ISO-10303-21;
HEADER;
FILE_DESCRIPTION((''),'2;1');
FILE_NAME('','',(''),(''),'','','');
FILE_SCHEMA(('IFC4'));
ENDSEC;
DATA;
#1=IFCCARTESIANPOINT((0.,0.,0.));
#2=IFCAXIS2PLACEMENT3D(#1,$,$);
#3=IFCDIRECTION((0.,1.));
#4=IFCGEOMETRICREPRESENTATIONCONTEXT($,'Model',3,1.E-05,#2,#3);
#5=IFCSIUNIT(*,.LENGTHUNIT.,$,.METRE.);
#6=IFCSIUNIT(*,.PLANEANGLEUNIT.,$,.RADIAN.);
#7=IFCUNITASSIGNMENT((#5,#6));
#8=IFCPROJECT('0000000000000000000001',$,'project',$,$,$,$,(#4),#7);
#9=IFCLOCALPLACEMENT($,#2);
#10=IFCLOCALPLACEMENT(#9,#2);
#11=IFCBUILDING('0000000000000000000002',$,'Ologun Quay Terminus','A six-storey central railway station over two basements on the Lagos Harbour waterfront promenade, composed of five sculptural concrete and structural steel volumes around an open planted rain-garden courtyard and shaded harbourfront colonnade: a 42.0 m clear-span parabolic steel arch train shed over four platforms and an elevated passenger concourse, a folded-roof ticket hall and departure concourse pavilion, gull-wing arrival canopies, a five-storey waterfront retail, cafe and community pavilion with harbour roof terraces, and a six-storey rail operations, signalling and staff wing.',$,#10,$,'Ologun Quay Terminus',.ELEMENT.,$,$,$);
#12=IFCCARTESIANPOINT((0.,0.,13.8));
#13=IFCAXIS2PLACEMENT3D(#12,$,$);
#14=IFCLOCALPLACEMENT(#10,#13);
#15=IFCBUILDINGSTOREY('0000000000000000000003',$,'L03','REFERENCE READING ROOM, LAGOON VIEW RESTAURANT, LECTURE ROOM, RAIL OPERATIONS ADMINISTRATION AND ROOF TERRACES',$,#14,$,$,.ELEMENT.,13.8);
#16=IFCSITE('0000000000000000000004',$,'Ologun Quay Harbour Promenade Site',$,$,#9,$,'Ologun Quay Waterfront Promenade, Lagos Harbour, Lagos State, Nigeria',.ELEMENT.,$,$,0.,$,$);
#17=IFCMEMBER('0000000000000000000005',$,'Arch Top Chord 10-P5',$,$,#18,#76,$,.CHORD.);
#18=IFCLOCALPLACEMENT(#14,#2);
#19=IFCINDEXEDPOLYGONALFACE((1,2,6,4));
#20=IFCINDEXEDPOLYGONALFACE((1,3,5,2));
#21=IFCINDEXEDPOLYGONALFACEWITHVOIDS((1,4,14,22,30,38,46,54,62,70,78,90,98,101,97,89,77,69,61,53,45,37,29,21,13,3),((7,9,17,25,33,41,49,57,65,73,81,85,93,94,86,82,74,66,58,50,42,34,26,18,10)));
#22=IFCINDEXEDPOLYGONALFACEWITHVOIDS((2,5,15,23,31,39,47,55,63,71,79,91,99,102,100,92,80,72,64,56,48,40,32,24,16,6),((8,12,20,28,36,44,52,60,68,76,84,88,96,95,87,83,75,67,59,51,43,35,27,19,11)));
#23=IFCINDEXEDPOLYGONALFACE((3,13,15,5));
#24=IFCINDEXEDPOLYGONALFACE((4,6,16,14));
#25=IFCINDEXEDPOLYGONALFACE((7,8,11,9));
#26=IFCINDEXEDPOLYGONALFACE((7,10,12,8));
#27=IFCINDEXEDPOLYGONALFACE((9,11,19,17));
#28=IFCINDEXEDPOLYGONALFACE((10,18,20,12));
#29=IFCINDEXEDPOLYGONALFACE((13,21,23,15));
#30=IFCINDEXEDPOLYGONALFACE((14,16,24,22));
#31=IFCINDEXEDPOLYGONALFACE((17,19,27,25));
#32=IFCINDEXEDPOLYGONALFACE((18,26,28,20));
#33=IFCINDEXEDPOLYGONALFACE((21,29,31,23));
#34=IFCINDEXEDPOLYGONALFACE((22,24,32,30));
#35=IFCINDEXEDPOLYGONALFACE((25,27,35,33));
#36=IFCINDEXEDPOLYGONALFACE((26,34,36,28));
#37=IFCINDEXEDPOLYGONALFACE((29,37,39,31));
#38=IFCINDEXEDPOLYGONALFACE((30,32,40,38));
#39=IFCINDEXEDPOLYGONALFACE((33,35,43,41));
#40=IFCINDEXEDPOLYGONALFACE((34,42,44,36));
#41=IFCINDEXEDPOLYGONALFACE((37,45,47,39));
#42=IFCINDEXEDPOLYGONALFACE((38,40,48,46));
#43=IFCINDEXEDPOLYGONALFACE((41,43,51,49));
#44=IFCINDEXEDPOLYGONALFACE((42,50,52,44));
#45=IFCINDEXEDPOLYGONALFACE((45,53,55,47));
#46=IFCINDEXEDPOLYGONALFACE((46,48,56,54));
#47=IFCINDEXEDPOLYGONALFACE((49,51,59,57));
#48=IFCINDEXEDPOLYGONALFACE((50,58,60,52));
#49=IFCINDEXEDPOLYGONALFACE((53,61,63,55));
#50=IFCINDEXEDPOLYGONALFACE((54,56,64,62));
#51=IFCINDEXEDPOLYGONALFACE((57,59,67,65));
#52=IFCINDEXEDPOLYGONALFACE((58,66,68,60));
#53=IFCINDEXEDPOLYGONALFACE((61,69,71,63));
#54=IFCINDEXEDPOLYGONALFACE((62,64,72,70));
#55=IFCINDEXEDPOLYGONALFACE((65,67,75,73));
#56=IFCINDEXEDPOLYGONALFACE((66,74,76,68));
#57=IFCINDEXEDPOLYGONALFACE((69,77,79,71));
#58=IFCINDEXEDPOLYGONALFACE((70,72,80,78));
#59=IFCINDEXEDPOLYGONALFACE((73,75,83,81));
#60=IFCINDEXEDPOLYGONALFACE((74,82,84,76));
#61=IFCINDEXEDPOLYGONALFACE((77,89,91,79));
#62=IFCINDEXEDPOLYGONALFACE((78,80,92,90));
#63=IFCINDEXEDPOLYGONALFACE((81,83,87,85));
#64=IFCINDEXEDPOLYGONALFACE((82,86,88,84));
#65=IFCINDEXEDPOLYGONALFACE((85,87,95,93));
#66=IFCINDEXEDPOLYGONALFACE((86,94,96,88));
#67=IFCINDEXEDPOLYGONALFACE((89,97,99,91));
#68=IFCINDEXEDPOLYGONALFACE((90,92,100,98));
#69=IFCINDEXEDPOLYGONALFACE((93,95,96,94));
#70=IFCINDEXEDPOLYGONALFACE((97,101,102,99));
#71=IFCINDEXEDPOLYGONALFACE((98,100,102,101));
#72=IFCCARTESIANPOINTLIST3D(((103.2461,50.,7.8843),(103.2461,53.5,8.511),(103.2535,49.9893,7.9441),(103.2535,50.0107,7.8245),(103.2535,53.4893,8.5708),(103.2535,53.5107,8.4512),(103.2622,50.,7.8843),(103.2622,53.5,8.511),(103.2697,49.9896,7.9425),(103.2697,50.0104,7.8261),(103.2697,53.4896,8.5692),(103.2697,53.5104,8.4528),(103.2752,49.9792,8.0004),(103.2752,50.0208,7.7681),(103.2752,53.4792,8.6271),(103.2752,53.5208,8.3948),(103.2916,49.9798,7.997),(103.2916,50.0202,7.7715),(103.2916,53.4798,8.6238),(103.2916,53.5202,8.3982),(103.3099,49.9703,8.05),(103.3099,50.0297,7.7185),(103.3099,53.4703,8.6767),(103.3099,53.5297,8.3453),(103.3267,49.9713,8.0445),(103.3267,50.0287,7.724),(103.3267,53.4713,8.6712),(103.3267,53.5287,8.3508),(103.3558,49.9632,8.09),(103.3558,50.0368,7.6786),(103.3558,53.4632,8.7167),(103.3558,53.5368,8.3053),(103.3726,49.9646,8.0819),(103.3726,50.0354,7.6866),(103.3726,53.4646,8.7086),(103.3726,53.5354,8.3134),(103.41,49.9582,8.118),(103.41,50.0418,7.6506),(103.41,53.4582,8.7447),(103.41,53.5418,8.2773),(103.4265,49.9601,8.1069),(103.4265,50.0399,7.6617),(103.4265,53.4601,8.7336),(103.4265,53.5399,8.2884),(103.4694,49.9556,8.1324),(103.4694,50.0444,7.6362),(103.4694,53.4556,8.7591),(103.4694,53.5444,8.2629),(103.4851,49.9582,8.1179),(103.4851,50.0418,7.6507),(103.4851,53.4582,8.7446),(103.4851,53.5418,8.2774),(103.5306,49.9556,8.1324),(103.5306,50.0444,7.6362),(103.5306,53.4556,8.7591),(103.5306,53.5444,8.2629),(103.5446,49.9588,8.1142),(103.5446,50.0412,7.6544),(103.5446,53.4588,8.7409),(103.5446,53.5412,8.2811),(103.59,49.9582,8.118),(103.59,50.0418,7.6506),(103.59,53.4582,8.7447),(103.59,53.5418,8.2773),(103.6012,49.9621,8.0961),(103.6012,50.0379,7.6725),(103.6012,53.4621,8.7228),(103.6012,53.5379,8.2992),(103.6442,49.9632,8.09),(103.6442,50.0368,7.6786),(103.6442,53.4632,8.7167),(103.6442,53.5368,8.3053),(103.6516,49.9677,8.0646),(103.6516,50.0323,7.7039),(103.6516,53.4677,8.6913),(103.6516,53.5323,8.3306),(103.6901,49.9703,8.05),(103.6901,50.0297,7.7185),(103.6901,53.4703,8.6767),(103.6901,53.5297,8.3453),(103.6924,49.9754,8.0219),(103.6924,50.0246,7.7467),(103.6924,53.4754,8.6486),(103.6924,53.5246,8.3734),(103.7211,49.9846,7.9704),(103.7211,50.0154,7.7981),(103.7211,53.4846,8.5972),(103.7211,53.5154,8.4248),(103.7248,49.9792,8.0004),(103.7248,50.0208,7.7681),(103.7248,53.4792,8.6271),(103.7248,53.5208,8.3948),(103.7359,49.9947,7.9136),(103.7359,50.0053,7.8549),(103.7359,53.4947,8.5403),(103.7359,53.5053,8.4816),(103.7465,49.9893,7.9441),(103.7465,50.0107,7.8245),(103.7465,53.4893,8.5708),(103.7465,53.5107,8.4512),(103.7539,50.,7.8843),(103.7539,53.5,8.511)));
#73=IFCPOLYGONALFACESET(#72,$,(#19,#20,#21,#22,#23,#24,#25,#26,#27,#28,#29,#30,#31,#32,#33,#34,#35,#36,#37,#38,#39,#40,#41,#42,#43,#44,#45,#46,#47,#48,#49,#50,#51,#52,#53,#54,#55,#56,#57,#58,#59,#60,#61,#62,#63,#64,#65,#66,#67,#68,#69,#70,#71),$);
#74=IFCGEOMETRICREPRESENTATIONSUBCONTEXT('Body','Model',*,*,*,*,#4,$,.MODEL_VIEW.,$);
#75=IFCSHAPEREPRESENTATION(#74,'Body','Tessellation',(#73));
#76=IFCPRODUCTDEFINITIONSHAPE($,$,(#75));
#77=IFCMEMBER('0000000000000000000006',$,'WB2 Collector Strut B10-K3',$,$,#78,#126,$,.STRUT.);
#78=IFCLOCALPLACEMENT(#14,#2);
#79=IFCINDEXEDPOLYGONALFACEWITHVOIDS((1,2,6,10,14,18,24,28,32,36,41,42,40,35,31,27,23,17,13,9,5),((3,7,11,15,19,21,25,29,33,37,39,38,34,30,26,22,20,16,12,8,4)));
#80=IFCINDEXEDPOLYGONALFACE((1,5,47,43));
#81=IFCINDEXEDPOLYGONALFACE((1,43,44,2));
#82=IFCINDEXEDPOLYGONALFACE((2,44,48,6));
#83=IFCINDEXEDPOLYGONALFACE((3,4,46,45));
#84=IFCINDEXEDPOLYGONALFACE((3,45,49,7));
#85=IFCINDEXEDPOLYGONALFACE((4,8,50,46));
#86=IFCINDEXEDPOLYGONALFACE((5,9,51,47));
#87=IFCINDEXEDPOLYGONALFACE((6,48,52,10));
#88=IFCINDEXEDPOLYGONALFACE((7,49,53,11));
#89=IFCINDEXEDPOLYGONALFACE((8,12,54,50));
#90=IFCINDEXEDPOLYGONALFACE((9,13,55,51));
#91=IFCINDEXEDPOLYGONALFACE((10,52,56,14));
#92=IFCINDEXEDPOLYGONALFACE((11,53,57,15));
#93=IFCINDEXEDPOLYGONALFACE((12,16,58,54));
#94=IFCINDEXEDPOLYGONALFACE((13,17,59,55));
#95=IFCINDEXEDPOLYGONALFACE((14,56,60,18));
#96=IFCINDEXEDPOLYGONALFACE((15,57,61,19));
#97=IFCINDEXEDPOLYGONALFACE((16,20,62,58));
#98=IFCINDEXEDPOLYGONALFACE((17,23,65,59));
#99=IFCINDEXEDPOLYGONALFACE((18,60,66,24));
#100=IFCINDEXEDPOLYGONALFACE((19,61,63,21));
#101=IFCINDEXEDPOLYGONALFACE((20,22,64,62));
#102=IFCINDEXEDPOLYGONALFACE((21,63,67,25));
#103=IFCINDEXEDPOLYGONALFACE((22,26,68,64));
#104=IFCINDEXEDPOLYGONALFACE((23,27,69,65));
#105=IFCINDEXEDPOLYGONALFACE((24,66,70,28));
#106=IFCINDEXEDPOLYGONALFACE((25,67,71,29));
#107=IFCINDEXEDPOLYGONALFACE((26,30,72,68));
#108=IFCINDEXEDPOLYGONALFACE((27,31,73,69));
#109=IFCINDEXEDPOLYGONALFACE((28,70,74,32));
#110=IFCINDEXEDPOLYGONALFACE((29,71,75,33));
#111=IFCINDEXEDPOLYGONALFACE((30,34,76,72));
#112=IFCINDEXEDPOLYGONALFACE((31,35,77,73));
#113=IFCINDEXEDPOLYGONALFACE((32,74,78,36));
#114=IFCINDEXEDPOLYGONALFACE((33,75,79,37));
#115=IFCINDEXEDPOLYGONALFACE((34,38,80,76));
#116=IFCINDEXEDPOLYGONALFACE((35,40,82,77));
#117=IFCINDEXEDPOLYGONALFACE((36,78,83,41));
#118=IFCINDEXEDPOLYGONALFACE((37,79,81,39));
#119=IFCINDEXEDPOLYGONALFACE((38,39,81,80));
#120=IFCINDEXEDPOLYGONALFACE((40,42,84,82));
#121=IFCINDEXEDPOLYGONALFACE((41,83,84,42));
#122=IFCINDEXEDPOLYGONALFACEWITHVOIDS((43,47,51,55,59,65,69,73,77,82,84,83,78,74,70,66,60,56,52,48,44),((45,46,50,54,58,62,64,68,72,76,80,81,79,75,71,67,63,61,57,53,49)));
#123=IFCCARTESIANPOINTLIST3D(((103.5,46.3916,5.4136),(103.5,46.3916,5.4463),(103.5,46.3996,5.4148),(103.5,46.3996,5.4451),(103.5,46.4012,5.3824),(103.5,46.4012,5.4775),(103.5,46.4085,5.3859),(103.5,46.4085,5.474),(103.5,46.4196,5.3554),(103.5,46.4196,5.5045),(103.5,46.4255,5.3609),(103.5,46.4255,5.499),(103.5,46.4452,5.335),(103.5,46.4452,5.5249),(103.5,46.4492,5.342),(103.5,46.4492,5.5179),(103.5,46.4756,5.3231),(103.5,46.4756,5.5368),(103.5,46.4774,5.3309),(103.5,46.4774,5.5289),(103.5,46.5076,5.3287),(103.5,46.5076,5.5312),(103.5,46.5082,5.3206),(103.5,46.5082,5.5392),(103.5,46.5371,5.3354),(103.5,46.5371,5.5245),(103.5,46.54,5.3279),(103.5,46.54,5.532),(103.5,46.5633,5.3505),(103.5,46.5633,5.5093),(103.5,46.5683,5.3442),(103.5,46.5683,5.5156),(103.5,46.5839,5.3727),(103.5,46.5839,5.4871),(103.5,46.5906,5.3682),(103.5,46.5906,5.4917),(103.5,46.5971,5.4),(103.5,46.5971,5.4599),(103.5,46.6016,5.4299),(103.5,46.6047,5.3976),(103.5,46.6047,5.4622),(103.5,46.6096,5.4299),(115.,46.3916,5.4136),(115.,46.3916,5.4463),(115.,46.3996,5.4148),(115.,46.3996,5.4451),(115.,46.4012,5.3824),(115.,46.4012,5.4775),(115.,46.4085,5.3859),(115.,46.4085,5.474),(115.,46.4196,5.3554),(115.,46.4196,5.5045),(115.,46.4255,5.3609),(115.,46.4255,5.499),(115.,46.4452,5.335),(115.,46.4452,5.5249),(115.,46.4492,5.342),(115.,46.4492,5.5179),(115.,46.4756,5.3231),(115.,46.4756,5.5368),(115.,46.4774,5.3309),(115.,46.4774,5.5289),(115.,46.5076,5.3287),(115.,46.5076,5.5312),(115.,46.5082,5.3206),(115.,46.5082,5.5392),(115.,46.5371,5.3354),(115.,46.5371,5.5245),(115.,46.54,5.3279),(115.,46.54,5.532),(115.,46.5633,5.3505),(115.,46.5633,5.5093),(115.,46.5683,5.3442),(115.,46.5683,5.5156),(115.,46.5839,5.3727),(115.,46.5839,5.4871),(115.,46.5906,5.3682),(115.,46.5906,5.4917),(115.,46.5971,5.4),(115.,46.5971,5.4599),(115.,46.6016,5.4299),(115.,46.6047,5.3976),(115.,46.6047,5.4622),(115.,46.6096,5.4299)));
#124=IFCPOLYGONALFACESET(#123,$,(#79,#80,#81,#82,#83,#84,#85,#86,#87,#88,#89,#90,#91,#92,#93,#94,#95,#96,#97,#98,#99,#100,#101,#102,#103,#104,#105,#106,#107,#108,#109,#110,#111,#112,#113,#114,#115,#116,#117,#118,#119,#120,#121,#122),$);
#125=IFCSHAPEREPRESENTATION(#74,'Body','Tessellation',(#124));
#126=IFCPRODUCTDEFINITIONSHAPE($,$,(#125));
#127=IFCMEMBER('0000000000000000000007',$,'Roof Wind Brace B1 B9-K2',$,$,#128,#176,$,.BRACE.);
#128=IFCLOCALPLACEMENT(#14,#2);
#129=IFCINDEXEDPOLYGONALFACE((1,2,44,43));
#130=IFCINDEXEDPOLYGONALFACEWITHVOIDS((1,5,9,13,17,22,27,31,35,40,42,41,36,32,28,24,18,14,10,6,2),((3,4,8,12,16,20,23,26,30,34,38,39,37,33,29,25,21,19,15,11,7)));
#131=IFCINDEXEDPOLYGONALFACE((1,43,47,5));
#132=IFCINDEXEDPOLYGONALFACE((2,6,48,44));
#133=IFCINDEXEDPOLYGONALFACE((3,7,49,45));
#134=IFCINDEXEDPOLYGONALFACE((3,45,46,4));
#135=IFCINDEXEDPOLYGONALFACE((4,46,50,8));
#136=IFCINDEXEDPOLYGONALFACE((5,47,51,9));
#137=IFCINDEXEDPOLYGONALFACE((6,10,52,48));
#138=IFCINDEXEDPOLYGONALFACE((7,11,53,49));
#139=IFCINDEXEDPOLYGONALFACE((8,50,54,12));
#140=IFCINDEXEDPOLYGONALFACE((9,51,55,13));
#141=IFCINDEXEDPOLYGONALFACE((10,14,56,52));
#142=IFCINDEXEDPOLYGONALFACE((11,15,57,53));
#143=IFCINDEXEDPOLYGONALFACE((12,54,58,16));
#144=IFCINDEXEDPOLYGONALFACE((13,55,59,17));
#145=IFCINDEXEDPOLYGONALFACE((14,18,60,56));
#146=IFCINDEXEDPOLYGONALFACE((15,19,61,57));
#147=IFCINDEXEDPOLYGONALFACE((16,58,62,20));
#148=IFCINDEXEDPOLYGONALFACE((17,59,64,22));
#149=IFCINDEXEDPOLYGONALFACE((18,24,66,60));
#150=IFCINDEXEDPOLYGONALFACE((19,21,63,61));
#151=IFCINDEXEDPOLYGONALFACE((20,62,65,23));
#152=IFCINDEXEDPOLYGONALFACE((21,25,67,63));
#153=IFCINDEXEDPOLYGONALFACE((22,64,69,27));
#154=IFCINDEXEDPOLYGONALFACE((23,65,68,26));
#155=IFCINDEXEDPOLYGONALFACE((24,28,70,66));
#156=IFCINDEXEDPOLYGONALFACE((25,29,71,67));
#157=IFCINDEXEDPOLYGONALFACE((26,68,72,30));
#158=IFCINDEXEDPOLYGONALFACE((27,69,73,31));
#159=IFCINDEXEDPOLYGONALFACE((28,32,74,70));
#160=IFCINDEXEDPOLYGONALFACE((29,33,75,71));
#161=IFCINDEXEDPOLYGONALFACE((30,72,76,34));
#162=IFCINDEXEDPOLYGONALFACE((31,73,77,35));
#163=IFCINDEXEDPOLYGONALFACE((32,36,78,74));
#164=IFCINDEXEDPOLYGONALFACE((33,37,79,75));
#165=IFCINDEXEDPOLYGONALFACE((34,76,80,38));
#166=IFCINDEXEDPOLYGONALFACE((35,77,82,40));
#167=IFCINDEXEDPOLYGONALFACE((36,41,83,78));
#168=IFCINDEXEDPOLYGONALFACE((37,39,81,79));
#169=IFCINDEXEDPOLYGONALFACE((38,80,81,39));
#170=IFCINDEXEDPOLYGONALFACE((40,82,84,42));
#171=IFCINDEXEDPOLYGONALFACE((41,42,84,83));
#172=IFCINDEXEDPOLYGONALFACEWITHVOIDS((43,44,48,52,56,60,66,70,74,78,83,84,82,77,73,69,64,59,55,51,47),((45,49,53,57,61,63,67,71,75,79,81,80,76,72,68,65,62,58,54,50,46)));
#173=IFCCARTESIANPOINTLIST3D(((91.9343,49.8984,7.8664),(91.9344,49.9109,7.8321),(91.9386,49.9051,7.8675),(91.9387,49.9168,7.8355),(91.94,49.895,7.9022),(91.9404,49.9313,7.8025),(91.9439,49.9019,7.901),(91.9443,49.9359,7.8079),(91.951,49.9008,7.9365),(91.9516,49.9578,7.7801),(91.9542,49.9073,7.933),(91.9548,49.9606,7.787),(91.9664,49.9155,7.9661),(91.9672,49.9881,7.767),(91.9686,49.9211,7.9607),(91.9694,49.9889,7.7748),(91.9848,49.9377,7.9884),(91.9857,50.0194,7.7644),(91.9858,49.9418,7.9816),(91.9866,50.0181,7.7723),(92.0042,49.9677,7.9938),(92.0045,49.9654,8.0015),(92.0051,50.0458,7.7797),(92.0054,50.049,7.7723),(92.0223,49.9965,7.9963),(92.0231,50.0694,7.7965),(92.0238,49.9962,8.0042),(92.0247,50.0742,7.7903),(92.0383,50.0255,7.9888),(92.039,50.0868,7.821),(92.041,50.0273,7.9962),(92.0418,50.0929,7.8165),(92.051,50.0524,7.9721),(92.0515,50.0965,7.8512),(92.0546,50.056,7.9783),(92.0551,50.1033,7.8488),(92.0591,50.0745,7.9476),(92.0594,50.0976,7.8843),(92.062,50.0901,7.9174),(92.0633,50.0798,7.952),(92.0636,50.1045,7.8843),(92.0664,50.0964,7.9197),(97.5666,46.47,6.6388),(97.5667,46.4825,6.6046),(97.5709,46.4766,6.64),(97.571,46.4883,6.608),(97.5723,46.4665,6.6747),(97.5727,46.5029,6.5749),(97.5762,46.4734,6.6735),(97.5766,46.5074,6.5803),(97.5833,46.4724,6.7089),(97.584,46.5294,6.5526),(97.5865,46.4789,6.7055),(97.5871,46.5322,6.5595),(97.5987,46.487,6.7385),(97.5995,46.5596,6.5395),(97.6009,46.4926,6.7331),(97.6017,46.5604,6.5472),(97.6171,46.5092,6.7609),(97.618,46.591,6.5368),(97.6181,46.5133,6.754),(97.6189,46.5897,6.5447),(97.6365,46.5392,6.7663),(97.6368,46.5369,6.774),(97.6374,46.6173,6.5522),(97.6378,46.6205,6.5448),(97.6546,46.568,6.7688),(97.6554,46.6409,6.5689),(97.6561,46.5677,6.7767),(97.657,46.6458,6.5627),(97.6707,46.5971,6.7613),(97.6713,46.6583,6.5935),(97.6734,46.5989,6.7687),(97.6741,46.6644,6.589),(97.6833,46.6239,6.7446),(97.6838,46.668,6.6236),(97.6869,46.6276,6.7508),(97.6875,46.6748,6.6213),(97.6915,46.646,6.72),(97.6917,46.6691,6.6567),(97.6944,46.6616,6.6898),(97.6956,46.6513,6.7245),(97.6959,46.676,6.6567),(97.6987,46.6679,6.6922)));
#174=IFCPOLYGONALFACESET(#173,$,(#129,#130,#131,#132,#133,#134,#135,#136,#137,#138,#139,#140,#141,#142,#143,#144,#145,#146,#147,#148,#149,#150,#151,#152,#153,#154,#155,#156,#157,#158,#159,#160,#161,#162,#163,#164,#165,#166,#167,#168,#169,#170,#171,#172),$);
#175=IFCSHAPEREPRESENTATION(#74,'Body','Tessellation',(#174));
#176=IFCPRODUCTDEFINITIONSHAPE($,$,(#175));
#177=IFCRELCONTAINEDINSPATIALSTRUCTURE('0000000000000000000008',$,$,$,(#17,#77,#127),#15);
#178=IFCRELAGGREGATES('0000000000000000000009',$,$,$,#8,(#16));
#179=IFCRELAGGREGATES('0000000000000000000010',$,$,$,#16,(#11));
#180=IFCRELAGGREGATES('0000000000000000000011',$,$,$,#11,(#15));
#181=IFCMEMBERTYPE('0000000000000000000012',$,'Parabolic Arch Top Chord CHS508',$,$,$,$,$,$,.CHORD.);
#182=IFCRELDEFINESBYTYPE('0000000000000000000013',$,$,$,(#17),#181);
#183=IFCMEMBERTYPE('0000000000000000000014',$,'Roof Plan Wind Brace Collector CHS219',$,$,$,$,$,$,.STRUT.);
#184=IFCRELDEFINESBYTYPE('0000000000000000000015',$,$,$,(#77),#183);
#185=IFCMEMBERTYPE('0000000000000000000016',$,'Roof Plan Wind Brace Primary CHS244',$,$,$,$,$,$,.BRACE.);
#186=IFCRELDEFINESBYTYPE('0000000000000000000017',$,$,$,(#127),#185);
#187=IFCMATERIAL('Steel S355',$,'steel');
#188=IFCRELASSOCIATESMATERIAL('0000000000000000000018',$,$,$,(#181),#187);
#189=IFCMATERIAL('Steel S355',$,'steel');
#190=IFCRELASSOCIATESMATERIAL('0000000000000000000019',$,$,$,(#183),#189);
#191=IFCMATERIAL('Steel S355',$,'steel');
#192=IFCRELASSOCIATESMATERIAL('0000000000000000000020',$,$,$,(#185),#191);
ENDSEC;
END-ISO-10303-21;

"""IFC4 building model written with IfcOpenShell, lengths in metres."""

from ifc_helpers import new_model, si_unit, direction, frame, origin, origin_2d, place, context, subcontext, project, spatial, hollow_circle, extrude, material, material_profile, profile_set, type_object, element, save


model = new_model("IFC4")

# Units and contexts
model_context = context("Model", 3, precision=1e-05, world=origin(), true_north=direction((0.0, 1.0)))
body_context = subcontext(model_context, "Body", "Model", "MODEL_VIEW")
ifc_project = project(units=[si_unit("LENGTHUNIT", "METRE"), si_unit("PLANEANGLEUNIT", "RADIAN")], contexts=[model_context])

# Site, building, storey
site_placement = place(None, origin())
site = spatial("IfcSite", under=ifc_project, at=site_placement, Name="Ologun Quay Harbour Promenade Site", LongName="Ologun Quay Waterfront Promenade, Lagos Harbour, Lagos State, Nigeria", CompositionType="ELEMENT", RefElevation=0.0)
building_placement = place(site_placement, origin())
building = spatial("IfcBuilding", under=site, at=building_placement, Name="Ologun Quay Terminus", Description="A six-storey central railway station over two basements on the Lagos Harbour waterfront promenade, composed of five sculptural concrete and structural steel volumes around an open planted rain-garden courtyard and shaded harbourfront colonnade: a 42.0 m clear-span parabolic steel arch train shed over four platforms and an elevated passenger concourse, a folded-roof ticket hall and departure concourse pavilion, gull-wing arrival canopies, a five-storey waterfront retail, cafe and community pavilion with harbour roof terraces, and a six-storey rail operations, signalling and staff wing.", LongName="Ologun Quay Terminus", CompositionType="ELEMENT")
storey_placement = place(building_placement, frame((0.0, 0.0, 13.8)))
storey = spatial("IfcBuildingStorey", under=building, at=storey_placement, Name="L03", Description="REFERENCE READING ROOM, LAGOON VIEW RESTAURANT, LECTURE ROOM, RAIL OPERATIONS ADMINISTRATION AND ROOF TERRACES", CompositionType="ELEMENT", Elevation=13.8)

# Members
ifc_material_1 = material(Name="Steel S355", Category="steel")
ifc_material_profile_1 = material_profile(ifc_material_1, hollow_circle(Radius=0.2539, WallThickness=0.0161, at=origin_2d()), Name="CHS 508x16")
ifc_profile_set_1 = profile_set([ifc_material_profile_1], Name="Steel S355")
member_type_1 = type_object("IfcMemberType", Name="Parabolic Arch Top Chord CHS508", PredefinedType="CHORD", material=ifc_profile_set_1)
member_1_placement = place(storey_placement, frame((103.5, 50.0, 7.8843), z_axis=(0.0, 0.984344, 0.176256), x_axis=(-1.0, 0.0, 0.0)))
element("IfcMember", 1, at=member_1_placement, inside=storey, type_object=member_type_1, Name="Arch Top Chord 10-P5", PredefinedType="CHORD", context=body_context, shape_type="SweptSolid", body=[
    extrude(hollow_circle(Radius=0.2539, WallThickness=0.0161, at=origin_2d()), origin(), (0.0, 0.0, 1.0), 3.5557),
])
ifc_material_2 = material(Name="Steel S355", Category="steel")
ifc_material_profile_2 = material_profile(ifc_material_2, hollow_circle(Radius=0.1096, WallThickness=0.0081, at=origin_2d()), Name="CHS 219.1x8")
ifc_profile_set_2 = profile_set([ifc_material_profile_2], Name="Steel S355")
member_type_2 = type_object("IfcMemberType", Name="Roof Plan Wind Brace Collector CHS219", PredefinedType="STRUT", material=ifc_profile_set_2)
member_2_placement = place(storey_placement, frame((103.5, 46.5, 5.4299), z_axis=(1.0, 0.0, 0.0), x_axis=(0.0, 1.0, 0.0)))
element("IfcMember", 2, at=member_2_placement, inside=storey, type_object=member_type_2, Name="WB2 Collector Strut B10-K3", PredefinedType="STRUT", context=body_context, shape_type="SweptSolid", body=[
    extrude(hollow_circle(Radius=0.1096, WallThickness=0.0081, at=origin_2d()), origin(), (0.0, 0.0, 1.0), 11.5),
])
ifc_material_3 = material(Name="Steel S355", Category="steel")
ifc_material_profile_3 = material_profile(ifc_material_3, hollow_circle(Radius=0.1223, WallThickness=0.0081, at=origin_2d()), Name="CHS 244.5x8")
ifc_profile_set_3 = profile_set([ifc_material_profile_3], Name="Steel S355")
member_type_3 = type_object("IfcMemberType", Name="Roof Plan Wind Brace Primary CHS244", PredefinedType="BRACE", material=ifc_profile_set_3)
member_3_placement = place(storey_placement, frame((92.0, 50.0, 7.8843), z_axis=(0.839764, -0.511175, -0.183023), x_axis=(0.519958, 0.854192, 0.0)))
element("IfcMember", 3, at=member_3_placement, inside=storey, type_object=member_type_3, Name="Roof Wind Brace B1 B9-K2", PredefinedType="BRACE", context=body_context, shape_type="SweptSolid", body=[
    extrude(hollow_circle(Radius=0.1223, WallThickness=0.0081, at=origin_2d()), origin(), (0.0, 0.0, 1.0), 6.707),
])

save(model, "model.ifc")
